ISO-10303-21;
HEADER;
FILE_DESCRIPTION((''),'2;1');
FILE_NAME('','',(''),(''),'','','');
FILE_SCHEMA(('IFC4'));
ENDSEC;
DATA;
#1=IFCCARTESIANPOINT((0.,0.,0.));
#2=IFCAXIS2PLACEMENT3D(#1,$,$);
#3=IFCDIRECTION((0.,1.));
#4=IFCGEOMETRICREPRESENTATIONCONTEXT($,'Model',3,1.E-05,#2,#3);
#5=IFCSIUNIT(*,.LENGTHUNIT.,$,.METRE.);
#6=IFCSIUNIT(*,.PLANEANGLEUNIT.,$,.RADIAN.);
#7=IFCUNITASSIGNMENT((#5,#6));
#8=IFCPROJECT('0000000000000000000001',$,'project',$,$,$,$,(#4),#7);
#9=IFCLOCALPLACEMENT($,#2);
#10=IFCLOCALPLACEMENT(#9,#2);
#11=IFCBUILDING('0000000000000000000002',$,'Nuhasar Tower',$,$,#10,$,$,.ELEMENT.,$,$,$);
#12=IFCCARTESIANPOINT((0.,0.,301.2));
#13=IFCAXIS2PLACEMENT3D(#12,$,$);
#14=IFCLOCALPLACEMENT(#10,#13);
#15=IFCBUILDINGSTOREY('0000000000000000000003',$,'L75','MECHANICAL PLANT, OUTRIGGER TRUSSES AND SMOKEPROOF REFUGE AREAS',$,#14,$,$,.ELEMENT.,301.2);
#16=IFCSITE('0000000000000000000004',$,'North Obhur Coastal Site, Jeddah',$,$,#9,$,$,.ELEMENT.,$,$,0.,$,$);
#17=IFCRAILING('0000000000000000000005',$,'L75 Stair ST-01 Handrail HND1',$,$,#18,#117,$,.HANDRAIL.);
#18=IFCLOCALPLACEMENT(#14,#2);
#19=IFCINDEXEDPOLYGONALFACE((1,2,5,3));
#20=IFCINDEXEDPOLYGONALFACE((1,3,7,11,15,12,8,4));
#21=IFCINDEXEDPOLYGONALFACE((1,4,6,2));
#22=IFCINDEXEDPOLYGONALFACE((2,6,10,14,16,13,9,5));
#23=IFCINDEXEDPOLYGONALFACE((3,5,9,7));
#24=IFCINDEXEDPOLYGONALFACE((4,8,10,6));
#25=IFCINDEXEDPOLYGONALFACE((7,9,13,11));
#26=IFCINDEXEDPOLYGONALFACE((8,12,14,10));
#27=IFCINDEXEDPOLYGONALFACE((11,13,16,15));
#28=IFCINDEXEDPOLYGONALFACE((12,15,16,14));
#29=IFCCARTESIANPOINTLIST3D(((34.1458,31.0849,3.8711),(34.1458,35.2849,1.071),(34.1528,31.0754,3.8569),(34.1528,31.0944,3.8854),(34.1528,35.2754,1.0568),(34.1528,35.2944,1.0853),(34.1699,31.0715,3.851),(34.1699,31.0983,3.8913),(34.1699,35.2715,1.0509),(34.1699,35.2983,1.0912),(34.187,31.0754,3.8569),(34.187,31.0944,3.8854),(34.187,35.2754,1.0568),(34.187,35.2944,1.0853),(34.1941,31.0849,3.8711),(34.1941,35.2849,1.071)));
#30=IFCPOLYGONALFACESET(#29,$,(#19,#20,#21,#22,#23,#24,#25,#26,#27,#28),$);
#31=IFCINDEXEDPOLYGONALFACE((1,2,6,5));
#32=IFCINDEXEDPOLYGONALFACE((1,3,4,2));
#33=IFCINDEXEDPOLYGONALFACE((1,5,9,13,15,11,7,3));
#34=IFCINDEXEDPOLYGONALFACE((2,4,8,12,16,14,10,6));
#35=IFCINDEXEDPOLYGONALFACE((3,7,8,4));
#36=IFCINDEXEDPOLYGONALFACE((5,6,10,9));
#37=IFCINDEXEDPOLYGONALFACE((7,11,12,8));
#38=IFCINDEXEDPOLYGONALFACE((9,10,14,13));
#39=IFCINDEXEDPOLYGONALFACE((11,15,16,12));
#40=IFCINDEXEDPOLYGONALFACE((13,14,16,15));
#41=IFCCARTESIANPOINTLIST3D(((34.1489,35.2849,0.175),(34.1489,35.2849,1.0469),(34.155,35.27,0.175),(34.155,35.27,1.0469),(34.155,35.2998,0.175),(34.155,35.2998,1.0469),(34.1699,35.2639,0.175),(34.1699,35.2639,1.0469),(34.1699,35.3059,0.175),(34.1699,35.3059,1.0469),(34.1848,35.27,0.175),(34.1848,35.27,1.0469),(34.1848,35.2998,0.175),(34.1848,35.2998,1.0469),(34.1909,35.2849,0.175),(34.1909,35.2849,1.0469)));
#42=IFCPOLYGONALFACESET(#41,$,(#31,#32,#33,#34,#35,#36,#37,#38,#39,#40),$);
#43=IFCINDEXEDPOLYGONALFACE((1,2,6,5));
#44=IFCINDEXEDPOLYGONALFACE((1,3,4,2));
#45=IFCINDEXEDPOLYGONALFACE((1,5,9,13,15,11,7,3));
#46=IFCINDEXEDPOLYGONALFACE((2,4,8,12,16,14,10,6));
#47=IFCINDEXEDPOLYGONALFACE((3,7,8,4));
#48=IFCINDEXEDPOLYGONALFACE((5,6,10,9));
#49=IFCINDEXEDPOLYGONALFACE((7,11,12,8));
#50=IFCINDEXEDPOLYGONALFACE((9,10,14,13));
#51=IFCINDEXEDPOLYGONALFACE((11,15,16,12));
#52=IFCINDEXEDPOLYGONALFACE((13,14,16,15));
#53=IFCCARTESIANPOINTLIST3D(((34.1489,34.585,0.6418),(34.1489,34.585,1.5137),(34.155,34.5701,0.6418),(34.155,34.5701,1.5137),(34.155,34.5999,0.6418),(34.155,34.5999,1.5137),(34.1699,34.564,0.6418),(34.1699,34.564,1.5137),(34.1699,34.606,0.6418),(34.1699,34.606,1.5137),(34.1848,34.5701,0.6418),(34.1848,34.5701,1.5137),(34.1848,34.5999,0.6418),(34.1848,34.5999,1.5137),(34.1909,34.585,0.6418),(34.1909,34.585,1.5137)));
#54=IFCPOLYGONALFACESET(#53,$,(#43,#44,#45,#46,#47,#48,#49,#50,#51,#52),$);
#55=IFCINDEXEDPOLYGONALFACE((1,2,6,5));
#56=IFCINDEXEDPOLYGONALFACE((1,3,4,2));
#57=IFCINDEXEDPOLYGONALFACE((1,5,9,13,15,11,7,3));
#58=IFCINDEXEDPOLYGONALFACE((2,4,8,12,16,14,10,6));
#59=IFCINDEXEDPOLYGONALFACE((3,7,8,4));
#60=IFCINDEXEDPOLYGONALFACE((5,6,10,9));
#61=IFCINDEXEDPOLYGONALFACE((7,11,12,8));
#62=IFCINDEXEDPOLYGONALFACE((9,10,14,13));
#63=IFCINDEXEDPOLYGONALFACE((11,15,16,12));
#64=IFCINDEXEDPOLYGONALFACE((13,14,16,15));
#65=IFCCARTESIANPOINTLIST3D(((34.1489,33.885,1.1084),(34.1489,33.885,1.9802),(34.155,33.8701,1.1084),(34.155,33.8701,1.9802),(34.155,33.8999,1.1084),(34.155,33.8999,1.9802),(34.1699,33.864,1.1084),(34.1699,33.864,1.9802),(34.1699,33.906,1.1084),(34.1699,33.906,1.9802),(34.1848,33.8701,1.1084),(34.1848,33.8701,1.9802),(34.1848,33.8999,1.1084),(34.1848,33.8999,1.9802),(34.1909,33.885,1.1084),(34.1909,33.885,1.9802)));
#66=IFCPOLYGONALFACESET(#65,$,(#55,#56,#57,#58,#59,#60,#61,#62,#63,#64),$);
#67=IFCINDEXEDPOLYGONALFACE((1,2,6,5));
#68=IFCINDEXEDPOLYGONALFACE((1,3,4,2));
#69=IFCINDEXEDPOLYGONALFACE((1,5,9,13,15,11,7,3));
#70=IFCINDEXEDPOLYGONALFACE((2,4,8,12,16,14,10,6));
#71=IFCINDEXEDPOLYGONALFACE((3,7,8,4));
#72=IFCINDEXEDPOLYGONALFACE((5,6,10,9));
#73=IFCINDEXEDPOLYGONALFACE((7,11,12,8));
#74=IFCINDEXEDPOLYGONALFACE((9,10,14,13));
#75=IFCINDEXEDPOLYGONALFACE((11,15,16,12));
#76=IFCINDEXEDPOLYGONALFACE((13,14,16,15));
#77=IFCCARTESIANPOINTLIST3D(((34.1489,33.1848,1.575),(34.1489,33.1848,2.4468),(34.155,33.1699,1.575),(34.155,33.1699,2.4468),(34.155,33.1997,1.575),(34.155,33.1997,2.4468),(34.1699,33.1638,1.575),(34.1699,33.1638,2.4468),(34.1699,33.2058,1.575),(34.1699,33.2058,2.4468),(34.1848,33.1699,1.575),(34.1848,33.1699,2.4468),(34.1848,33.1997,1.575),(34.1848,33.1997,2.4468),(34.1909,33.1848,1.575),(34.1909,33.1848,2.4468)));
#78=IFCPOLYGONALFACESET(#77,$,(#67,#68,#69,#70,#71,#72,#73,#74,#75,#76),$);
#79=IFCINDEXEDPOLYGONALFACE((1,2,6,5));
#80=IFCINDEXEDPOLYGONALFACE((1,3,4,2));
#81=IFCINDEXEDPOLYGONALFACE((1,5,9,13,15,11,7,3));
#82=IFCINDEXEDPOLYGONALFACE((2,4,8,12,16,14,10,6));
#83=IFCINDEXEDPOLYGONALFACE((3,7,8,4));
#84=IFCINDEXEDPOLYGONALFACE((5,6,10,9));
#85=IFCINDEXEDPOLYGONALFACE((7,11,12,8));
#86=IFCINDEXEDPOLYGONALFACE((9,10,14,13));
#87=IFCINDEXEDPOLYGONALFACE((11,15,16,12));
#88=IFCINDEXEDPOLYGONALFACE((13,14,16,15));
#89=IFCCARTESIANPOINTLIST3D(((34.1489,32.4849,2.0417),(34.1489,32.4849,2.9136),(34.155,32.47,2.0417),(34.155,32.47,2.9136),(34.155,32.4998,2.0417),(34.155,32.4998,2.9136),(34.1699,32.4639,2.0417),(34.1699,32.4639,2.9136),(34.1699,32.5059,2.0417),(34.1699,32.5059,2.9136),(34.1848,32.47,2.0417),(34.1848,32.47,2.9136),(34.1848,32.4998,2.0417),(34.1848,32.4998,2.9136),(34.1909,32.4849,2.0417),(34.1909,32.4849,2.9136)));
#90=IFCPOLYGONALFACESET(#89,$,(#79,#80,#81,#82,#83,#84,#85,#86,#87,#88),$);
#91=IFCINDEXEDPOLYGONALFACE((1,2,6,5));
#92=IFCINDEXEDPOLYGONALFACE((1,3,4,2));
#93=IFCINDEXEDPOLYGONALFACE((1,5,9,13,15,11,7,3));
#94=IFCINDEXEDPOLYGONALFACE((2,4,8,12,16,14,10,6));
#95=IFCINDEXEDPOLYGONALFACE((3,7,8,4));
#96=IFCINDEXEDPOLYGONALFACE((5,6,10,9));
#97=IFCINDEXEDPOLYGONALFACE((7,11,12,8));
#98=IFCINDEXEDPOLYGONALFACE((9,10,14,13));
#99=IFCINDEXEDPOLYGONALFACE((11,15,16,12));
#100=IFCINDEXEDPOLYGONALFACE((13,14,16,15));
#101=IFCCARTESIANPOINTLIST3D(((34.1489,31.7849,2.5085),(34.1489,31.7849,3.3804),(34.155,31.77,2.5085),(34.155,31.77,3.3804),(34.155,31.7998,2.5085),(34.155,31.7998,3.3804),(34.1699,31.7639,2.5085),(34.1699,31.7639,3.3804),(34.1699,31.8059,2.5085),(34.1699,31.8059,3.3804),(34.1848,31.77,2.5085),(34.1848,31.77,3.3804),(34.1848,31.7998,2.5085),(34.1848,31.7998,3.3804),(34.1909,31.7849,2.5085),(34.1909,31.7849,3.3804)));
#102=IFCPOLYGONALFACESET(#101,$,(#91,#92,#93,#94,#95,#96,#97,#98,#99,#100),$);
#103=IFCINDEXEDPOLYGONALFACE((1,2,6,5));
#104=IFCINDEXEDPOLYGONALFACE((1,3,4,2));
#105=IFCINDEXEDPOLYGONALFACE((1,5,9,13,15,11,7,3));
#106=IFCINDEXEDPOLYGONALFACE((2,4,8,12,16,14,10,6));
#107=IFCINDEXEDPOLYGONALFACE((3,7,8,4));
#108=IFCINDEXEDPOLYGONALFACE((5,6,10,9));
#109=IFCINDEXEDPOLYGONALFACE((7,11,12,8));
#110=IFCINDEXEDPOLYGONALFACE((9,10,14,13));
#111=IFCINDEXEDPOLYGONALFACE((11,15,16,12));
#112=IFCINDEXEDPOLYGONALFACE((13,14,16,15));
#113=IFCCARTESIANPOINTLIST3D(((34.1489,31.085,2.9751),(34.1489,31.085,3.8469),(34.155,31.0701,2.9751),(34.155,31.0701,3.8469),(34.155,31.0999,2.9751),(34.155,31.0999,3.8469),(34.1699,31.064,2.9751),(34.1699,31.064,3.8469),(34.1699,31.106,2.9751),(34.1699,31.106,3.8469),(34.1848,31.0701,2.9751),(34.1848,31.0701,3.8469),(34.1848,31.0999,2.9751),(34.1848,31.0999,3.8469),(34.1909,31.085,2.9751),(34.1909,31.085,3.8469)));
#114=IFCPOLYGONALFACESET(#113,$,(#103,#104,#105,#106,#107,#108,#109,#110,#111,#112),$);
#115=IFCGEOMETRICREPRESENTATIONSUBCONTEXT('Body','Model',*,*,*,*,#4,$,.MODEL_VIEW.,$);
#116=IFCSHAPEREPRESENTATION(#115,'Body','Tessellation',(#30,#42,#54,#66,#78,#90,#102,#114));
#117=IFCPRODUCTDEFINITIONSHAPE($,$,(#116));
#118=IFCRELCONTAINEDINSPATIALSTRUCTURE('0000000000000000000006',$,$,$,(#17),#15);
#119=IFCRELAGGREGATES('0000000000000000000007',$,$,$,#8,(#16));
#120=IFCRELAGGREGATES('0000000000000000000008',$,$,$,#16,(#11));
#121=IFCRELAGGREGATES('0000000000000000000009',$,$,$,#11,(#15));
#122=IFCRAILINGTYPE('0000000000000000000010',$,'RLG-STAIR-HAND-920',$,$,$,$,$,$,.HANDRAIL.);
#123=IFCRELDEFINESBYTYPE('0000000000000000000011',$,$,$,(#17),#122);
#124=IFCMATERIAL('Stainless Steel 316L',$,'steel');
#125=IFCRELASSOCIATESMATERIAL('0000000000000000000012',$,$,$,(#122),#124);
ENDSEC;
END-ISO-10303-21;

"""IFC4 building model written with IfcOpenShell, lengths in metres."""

from ifc_helpers import new_model, si_unit, direction, frame, origin, place, context, subcontext, project, spatial, polyline, outline, extrude, material, type_object, element, save


model = new_model("IFC4")

# Units and contexts
model_context = context("Model", 3, precision=1e-05, world=origin(), true_north=direction((0.0, 1.0)))
body_context = subcontext(model_context, "Body", "Model", "MODEL_VIEW")
ifc_project = project(units=[si_unit("LENGTHUNIT", "METRE"), si_unit("PLANEANGLEUNIT", "RADIAN")], contexts=[model_context])

# Site, building, storey
site_placement = place(None, origin())
site = spatial("IfcSite", under=ifc_project, at=site_placement, Name="North Obhur Coastal Site, Jeddah", CompositionType="ELEMENT", RefElevation=0.0)
building_placement = place(site_placement, origin())
building = spatial("IfcBuilding", under=site, at=building_placement, Name="Nuhasar Tower", CompositionType="ELEMENT")
storey_placement = place(building_placement, frame((0.0, 0.0, 301.2)))
storey = spatial("IfcBuildingStorey", under=building, at=storey_placement, Name="L75", Description="MECHANICAL PLANT, OUTRIGGER TRUSSES AND SMOKEPROOF REFUGE AREAS", CompositionType="ELEMENT", Elevation=301.2)

# Railing
ifc_material_1 = material(Name="Stainless Steel 316L", Category="steel")
railing_type_1 = type_object("IfcRailingType", Name="RLG-STAIR-HAND-920", PredefinedType="HANDRAIL", material=ifc_material_1)
railing_1_placement = place(storey_placement, frame((34.1699, 35.2849, 0.175)))
element("IfcRailing", 1, at=railing_1_placement, inside=storey, type_object=railing_type_1, Name="L75 Stair ST-01 Handrail HND1", PredefinedType="HANDRAIL", context=body_context, shape_type="SweptSolid", body=[
    extrude(outline(polyline([(0.0242, 0.0), (0.0171, 0.0171), (0.0, 0.0242), (-0.0171, 0.0171), (-0.0242, 0.0), (-0.0171, -0.0171), (0.0, -0.0242), (0.0171, -0.0171), (0.0242, 0.0)])), frame((0.0, 0.0, 0.896), z_axis=(0.0, -0.832043, 0.554711), x_axis=(1.0, 0.0, 0.0)), (0.0, 0.0, 1.0), 5.0479),
    extrude(outline(polyline([(0.021, 0.0), (0.0149, 0.0149), (0.0, 0.021), (-0.0149, 0.0149), (-0.021, 0.0), (-0.0149, -0.0149), (0.0, -0.021), (0.0149, -0.0149), (0.021, 0.0)])), origin(), (0.0, 0.0, 1.0), 0.8718),
    extrude(outline(polyline([(0.021, 0.0), (0.0149, 0.0149), (0.0, 0.021), (-0.0149, 0.0149), (-0.021, 0.0), (-0.0149, -0.0149), (0.0, -0.021), (0.0149, -0.0149), (0.021, 0.0)])), frame((0.0, -0.7, 0.4668)), (0.0, 0.0, 1.0), 0.8718),
    extrude(outline(polyline([(0.021, 0.0), (0.0149, 0.0149), (0.0, 0.021), (-0.0149, 0.0149), (-0.021, 0.0), (-0.0149, -0.0149), (0.0, -0.021), (0.0149, -0.0149), (0.021, 0.0)])), frame((0.0, -1.3999, 0.9333)), (0.0, 0.0, 1.0), 0.8718),
    extrude(outline(polyline([(0.021, 0.0), (0.0149, 0.0149), (0.0, 0.021), (-0.0149, 0.0149), (-0.021, 0.0), (-0.0149, -0.0149), (0.0, -0.021), (0.0149, -0.0149), (0.021, 0.0)])), frame((0.0, -2.1001, 1.3999)), (0.0, 0.0, 1.0), 0.8718),
    extrude(outline(polyline([(0.021, 0.0), (0.0149, 0.0149), (0.0, 0.021), (-0.0149, 0.0149), (-0.021, 0.0), (-0.0149, -0.0149), (0.0, -0.021), (0.0149, -0.0149), (0.021, 0.0)])), frame((0.0, -2.8, 1.8667)), (0.0, 0.0, 1.0), 0.8718),
    extrude(outline(polyline([(0.021, 0.0), (0.0149, 0.0149), (0.0, 0.021), (-0.0149, 0.0149), (-0.021, 0.0), (-0.0149, -0.0149), (0.0, -0.021), (0.0149, -0.0149), (0.021, 0.0)])), frame((0.0, -3.5, 2.3335)), (0.0, 0.0, 1.0), 0.8718),
    extrude(outline(polyline([(0.021, 0.0), (0.0149, 0.0149), (0.0, 0.021), (-0.0149, 0.0149), (-0.021, 0.0), (-0.0149, -0.0149), (0.0, -0.021), (0.0149, -0.0149), (0.021, 0.0)])), frame((0.0, -4.2, 2.8)), (0.0, 0.0, 1.0), 0.8718),
])

save(model, "model.ifc")
